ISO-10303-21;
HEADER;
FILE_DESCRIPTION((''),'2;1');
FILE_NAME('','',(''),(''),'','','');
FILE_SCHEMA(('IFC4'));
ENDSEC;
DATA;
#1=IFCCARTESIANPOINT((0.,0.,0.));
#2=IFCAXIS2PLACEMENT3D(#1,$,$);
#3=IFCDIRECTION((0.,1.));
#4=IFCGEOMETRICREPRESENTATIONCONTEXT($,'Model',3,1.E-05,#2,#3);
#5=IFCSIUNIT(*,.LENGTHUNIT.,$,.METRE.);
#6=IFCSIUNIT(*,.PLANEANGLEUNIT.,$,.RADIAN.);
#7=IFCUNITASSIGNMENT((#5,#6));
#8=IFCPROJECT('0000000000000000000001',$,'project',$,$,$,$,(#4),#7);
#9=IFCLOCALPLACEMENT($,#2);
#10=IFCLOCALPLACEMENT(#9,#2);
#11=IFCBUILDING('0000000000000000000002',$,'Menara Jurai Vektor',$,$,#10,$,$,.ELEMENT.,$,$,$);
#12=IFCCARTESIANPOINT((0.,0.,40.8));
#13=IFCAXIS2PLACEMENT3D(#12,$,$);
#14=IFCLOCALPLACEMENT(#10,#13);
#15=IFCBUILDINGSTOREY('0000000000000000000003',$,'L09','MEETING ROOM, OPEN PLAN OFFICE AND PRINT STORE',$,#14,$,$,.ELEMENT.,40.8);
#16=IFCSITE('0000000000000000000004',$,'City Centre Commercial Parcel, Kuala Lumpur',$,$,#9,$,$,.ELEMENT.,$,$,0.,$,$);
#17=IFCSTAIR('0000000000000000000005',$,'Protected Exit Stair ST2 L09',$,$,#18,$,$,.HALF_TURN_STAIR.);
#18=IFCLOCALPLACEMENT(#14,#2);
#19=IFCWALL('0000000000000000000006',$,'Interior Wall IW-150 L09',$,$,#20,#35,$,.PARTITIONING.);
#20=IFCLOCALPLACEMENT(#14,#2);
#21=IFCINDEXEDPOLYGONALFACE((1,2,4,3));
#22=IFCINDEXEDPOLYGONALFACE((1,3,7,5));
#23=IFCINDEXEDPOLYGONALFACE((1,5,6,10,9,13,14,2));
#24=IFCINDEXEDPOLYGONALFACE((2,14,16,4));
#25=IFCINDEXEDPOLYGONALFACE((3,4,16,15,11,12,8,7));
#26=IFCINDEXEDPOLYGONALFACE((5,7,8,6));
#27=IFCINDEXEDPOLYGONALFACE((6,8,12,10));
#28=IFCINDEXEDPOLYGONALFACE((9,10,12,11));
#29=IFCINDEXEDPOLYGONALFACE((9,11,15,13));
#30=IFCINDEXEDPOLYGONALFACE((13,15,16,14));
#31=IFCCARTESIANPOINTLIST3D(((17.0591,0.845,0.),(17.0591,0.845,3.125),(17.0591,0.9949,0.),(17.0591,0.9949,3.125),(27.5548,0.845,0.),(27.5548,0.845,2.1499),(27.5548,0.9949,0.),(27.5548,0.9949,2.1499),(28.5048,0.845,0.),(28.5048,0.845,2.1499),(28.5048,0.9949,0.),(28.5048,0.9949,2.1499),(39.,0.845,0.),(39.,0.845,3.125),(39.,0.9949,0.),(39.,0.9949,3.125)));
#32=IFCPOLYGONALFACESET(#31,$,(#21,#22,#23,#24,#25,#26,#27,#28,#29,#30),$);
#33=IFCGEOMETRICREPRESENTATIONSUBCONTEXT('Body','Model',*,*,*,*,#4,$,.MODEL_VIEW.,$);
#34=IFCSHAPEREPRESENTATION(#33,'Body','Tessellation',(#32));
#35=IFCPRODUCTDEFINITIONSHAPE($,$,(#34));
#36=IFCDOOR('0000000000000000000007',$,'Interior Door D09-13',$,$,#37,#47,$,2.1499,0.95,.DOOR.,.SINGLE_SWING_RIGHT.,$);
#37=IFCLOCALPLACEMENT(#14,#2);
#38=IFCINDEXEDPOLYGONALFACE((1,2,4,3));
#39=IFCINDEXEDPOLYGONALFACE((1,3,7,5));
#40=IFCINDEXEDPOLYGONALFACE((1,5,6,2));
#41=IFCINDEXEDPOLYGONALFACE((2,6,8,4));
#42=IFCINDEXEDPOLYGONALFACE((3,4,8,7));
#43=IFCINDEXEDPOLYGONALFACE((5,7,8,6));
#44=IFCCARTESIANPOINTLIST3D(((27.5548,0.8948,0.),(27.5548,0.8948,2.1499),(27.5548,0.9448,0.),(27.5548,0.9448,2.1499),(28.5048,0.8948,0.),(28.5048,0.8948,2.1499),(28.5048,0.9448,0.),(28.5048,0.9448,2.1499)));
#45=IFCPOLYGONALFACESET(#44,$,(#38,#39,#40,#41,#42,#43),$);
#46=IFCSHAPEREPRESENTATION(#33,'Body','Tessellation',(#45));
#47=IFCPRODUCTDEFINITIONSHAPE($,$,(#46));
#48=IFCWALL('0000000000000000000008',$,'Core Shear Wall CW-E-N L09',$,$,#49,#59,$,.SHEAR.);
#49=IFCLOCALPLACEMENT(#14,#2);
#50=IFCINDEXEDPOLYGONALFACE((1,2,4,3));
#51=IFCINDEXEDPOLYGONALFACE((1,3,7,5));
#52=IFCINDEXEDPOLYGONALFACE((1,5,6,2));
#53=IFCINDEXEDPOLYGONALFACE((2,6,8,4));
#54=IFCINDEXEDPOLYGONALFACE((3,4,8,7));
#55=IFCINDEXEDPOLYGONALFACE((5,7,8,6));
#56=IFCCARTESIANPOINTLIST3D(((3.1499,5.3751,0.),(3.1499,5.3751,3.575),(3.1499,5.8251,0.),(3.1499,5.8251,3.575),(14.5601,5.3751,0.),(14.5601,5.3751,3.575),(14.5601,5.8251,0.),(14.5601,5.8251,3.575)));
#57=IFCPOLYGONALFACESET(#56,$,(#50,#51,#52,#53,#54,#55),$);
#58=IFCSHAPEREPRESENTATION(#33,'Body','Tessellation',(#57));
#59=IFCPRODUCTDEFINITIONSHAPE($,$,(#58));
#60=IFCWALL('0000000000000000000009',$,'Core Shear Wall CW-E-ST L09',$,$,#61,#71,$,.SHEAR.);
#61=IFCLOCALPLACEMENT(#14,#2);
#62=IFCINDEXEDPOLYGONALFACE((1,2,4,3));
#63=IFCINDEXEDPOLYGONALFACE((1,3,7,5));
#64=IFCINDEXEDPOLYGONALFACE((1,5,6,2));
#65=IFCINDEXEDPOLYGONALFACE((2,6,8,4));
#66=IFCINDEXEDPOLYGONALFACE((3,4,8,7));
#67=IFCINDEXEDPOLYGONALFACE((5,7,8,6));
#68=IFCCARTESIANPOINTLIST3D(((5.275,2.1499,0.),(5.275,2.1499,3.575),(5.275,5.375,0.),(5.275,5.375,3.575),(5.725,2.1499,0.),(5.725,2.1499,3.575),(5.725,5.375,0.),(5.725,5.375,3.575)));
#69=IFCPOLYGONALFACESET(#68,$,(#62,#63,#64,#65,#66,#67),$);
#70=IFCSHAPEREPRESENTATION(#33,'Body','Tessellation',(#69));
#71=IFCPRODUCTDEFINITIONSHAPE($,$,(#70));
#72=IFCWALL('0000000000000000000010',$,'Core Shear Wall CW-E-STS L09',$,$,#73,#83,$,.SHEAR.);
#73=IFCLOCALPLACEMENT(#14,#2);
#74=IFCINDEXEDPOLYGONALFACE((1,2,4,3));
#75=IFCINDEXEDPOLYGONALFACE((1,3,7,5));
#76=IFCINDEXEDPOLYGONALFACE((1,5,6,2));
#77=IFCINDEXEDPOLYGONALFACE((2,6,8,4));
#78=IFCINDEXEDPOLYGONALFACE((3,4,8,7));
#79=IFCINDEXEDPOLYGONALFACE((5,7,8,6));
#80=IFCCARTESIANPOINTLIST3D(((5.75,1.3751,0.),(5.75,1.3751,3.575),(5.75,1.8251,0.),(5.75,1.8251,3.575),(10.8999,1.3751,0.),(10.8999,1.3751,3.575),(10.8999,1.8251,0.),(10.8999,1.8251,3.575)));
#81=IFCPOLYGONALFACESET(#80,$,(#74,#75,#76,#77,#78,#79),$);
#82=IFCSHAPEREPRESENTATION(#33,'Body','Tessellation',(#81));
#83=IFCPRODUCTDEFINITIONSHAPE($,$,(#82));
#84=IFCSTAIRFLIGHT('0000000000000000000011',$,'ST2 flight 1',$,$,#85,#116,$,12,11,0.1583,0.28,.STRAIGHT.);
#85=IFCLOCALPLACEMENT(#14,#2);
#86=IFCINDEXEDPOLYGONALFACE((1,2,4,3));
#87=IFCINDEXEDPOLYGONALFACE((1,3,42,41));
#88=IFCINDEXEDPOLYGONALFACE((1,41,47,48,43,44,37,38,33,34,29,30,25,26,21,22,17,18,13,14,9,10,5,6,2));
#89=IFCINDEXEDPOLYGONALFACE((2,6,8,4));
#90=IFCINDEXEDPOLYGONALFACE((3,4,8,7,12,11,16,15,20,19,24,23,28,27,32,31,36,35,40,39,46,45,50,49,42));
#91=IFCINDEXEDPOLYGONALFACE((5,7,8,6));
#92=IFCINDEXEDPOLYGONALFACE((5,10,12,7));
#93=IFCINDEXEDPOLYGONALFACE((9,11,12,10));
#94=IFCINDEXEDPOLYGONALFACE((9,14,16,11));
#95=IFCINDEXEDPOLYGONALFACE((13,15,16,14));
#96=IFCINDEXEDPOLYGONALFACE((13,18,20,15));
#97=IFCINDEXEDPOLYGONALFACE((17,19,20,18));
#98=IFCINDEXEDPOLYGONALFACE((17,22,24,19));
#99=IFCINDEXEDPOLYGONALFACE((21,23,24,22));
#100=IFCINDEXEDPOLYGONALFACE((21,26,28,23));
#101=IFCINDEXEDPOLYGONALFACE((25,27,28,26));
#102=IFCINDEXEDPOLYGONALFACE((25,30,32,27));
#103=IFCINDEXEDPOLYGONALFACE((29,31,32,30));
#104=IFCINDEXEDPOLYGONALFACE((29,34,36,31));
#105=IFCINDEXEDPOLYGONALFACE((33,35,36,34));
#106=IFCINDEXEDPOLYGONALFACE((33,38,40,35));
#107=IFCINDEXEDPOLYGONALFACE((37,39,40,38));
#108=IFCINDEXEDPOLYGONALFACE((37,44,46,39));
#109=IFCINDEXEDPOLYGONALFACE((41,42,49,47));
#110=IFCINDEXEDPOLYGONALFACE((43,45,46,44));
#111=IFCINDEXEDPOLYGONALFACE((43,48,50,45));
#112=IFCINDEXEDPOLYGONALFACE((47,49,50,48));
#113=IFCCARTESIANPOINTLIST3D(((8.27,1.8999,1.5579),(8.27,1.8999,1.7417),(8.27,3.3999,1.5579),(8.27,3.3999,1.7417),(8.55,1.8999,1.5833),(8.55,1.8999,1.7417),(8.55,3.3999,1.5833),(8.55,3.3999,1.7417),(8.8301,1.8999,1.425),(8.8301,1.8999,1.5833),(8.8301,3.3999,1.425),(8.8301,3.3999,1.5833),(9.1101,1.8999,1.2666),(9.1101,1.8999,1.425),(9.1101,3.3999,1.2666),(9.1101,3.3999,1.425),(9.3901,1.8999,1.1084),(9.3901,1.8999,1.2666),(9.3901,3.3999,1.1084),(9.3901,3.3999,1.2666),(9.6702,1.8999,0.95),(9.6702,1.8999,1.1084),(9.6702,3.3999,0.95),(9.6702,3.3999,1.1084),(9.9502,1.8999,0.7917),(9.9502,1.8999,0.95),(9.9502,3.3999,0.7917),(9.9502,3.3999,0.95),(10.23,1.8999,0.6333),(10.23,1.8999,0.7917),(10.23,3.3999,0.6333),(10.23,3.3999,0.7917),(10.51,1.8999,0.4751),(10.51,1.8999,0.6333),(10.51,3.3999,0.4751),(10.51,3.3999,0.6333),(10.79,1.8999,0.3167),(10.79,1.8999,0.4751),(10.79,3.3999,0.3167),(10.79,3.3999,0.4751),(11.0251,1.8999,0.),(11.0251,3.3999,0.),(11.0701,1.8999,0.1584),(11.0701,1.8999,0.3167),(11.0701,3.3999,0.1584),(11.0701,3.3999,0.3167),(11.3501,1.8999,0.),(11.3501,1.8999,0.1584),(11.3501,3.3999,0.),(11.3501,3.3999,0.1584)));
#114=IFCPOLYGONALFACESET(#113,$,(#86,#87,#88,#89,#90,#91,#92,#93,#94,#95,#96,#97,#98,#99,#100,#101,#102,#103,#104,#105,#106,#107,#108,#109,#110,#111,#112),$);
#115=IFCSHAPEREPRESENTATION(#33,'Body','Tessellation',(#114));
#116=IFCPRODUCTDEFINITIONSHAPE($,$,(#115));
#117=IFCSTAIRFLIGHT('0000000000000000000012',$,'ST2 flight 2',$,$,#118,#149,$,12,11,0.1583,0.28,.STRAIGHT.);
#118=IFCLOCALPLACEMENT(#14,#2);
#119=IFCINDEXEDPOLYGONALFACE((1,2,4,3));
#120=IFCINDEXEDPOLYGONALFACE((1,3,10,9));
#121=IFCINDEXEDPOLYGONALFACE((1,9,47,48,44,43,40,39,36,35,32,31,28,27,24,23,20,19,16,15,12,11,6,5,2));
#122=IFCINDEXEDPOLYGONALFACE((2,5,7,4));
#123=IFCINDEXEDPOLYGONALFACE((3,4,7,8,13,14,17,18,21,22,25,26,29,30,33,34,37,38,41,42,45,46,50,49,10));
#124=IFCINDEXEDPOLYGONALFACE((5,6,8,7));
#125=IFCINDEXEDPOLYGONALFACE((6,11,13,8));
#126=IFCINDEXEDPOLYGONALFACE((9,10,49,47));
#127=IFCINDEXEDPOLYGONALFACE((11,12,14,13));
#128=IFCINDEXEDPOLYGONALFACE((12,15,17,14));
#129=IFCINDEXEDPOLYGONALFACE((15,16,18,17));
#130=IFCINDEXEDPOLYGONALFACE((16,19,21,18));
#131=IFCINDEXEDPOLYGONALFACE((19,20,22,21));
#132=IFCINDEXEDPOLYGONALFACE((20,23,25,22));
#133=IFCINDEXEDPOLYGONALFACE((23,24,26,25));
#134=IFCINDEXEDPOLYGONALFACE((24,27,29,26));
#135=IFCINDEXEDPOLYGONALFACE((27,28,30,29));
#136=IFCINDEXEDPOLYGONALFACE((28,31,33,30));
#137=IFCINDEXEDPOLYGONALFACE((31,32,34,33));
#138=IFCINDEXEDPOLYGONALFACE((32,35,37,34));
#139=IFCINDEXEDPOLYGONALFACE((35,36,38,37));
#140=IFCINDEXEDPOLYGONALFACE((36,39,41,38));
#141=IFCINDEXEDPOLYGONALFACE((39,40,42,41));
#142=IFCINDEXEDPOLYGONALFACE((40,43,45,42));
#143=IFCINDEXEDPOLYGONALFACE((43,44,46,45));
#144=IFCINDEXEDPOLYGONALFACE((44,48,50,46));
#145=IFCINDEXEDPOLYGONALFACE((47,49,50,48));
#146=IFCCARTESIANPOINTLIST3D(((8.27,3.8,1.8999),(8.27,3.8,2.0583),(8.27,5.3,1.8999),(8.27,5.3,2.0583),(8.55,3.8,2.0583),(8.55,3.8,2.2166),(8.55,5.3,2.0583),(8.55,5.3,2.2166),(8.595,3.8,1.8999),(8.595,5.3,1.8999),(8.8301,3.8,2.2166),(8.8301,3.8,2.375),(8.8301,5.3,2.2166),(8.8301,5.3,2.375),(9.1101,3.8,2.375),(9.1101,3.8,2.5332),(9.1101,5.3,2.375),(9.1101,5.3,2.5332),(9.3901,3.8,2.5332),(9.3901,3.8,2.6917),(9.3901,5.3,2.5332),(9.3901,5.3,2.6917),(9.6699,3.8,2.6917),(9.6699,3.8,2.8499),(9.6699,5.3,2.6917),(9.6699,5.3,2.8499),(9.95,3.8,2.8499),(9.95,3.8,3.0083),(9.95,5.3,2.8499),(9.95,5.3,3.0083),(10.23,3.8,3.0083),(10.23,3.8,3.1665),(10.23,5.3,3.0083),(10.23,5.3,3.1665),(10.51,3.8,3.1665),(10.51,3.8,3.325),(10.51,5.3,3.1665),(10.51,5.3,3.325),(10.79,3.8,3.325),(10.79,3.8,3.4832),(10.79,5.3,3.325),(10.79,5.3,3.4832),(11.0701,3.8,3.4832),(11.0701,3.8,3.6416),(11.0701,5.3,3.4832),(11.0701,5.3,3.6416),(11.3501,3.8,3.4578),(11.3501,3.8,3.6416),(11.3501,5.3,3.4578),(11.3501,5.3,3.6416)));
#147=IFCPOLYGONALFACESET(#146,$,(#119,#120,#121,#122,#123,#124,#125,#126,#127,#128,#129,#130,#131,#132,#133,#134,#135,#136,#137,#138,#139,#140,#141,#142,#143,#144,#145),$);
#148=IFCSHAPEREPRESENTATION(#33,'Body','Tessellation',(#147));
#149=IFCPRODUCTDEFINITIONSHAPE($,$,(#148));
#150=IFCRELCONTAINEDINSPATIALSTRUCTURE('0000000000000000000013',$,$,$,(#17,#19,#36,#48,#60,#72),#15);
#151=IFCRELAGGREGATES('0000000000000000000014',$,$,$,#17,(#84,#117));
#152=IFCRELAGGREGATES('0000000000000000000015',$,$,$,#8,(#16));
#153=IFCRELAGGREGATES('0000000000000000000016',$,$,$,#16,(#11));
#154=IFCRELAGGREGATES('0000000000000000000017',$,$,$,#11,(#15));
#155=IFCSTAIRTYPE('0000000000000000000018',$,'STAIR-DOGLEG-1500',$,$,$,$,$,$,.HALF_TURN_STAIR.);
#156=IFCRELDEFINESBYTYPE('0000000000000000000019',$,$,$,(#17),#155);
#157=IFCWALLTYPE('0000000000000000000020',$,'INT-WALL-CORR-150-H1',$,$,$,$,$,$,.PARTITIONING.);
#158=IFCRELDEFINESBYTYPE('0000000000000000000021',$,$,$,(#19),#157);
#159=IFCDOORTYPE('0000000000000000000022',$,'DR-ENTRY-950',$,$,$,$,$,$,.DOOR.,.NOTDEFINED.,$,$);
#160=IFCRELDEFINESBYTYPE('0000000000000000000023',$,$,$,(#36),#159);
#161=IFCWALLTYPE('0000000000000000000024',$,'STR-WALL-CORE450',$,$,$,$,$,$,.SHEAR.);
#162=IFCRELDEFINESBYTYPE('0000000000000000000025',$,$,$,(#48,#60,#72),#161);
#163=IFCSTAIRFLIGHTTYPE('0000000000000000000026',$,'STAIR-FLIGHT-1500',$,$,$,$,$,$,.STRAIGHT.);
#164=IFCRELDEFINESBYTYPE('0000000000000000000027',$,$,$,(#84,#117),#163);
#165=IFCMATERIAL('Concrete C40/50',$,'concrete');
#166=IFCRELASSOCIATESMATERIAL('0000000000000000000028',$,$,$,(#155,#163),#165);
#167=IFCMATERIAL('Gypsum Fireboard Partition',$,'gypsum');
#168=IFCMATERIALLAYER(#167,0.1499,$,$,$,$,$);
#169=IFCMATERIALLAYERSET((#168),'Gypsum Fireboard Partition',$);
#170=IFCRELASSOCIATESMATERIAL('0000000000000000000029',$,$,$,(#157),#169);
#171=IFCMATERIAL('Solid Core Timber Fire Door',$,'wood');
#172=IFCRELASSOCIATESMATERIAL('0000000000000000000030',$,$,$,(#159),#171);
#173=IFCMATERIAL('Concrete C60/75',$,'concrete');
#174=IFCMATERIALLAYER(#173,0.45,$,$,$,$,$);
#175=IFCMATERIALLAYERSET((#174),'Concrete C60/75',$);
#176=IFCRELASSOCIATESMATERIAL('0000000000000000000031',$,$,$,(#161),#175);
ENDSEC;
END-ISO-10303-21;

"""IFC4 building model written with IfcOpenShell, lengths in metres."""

from ifc_helpers import new_model, si_unit, direction, frame, frame_2d, origin, place, context, subcontext, project, spatial, polyline, rectangle, outline, extrude, material, layer, layer_set, type_object, element, fill, aggregate, save


model = new_model("IFC4")

# Units and contexts
model_context = context("Model", 3, precision=1e-05, world=origin(), true_north=direction((0.0, 1.0)))
body_context = subcontext(model_context, "Body", "Model", "MODEL_VIEW")
ifc_project = project(units=[si_unit("LENGTHUNIT", "METRE"), si_unit("PLANEANGLEUNIT", "RADIAN")], contexts=[model_context])

# Site, building, storey
site_placement = place(None, origin())
site = spatial("IfcSite", under=ifc_project, at=site_placement, Name="City Centre Commercial Parcel, Kuala Lumpur", CompositionType="ELEMENT", RefElevation=0.0)
building_placement = place(site_placement, origin())
building = spatial("IfcBuilding", under=site, at=building_placement, Name="Menara Jurai Vektor", CompositionType="ELEMENT")
storey_placement = place(building_placement, frame((0.0, 0.0, 40.8)))
storey = spatial("IfcBuildingStorey", under=building, at=storey_placement, Name="L09", Description="MEETING ROOM, OPEN PLAN OFFICE AND PRINT STORE", CompositionType="ELEMENT", Elevation=40.8)

# Shared definitions
ifc_material_1 = material(Name="Concrete C60/75", Category="concrete")

# Stair
ifc_material_2 = material(Name="Concrete C40/50", Category="concrete")
stair_type = type_object("IfcStairType", Name="STAIR-DOGLEG-1500", PredefinedType="HALF_TURN_STAIR", material=ifc_material_2)
stair_placement = place(storey_placement, origin())
stair = element("IfcStair", 1, at=stair_placement, inside=storey, type_object=stair_type, Name="Protected Exit Stair ST2 L09", PredefinedType="HALF_TURN_STAIR")

# Shared definitions
ifc_material_3 = material(Name="Gypsum Fireboard Partition", Category="gypsum")

# Wall, opening, door
ifc_layer_1 = layer(ifc_material_3, 0.1499)
ifc_layer_set_1 = layer_set([ifc_layer_1], Name="Gypsum Fireboard Partition")
wall_type_1 = type_object("IfcWallType", Name="INT-WALL-CORR-150-H1", PredefinedType="PARTITIONING", material=ifc_layer_set_1)
wall_1_placement = place(storey_placement, frame((17.0591, 0.9199, 0.0), z_axis=(0.0, 0.0, 1.0), x_axis=(1.0, 0.0, 0.0)))
wall_1 = element("IfcWall", 2, at=wall_1_placement, inside=storey, type_object=wall_type_1, Name="Interior Wall IW-150 L09", PredefinedType="PARTITIONING", context=body_context, shape_type="SweptSolid", body=[
    extrude(rectangle(XDim=21.9409, YDim=0.1499, at=frame_2d((10.9705, 0.0))), origin(), (0.0, 0.0, 1.0), 3.125),
])
opening_1_placement = place(wall_1_placement, frame((10.4956, 0.0, 0.0)))
opening_1 = element("IfcOpeningElement", 3, at=opening_1_placement, cuts=wall_1, PredefinedType="OPENING", context=body_context, shape_type="SweptSolid", body=[
    extrude(rectangle(XDim=0.95, YDim=2.1499, at=frame_2d((0.4751, 1.075))), frame((0.0, 0.085, 0.0), z_axis=(0.0, -1.0, 0.0), x_axis=(1.0, 0.0, 0.0)), (0.0, 0.0, 1.0), 0.1699),
])
ifc_material_4 = material(Name="Solid Core Timber Fire Door", Category="wood")
door_type_1 = type_object("IfcDoorType", Name="DR-ENTRY-950", OperationType="NOTDEFINED", PredefinedType="DOOR", material=ifc_material_4)
door_1_placement = place(opening_1_placement, origin())
door_1 = element("IfcDoor", 4, at=door_1_placement, inside=storey, type_object=door_type_1, Name="Interior Door D09-13", OperationType="SINGLE_SWING_RIGHT", OverallHeight=2.1499, OverallWidth=0.95, PredefinedType="DOOR", context=body_context, shape_type="SweptSolid", body=[
    extrude(rectangle(XDim=0.95, YDim=2.1499, at=frame_2d((0.4751, 1.075))), frame((0.0, 0.0249, 0.0), z_axis=(0.0, -1.0, 0.0), x_axis=(1.0, 0.0, 0.0)), (0.0, 0.0, 1.0), 0.05),
])
fill(opening_1, door_1)

# Walls
ifc_layer_2 = layer(ifc_material_1, 0.45)
ifc_layer_set_2 = layer_set([ifc_layer_2], Name="Concrete C60/75")
wall_type_2 = type_object("IfcWallType", Name="STR-WALL-CORE450", PredefinedType="SHEAR", material=ifc_layer_set_2)
wall_2_placement = place(storey_placement, frame((3.1499, 5.6001, 0.0), z_axis=(0.0, 0.0, 1.0), x_axis=(1.0, 0.0, 0.0)))
element("IfcWall", 5, at=wall_2_placement, inside=storey, type_object=wall_type_2, Name="Core Shear Wall CW-E-N L09", PredefinedType="SHEAR", context=body_context, shape_type="SweptSolid", body=[
    extrude(rectangle(XDim=11.4102, YDim=0.45, at=frame_2d((5.7051, 0.0))), origin(), (0.0, 0.0, 1.0), 3.575),
])
wall_3_placement = place(storey_placement, frame((5.5, 2.1499, 0.0), z_axis=(0.0, 0.0, 1.0), x_axis=(0.0, 1.0, 0.0)))
element("IfcWall", 6, at=wall_3_placement, inside=storey, type_object=wall_type_2, Name="Core Shear Wall CW-E-ST L09", PredefinedType="SHEAR", context=body_context, shape_type="SweptSolid", body=[
    extrude(rectangle(XDim=3.2251, YDim=0.45, at=frame_2d((1.6125, 0.0))), origin(), (0.0, 0.0, 1.0), 3.575),
])
wall_4_placement = place(storey_placement, frame((5.75, 1.6001, 0.0), z_axis=(0.0, 0.0, 1.0), x_axis=(1.0, 0.0, 0.0)))
element("IfcWall", 7, at=wall_4_placement, inside=storey, type_object=wall_type_2, Name="Core Shear Wall CW-E-STS L09", PredefinedType="SHEAR", context=body_context, shape_type="SweptSolid", body=[
    extrude(rectangle(XDim=5.1499, YDim=0.45, at=frame_2d((2.575, 0.0))), origin(), (0.0, 0.0, 1.0), 3.575),
])

# Stair flights
stair_flight_type = type_object("IfcStairFlightType", Name="STAIR-FLIGHT-1500", PredefinedType="STRAIGHT", material=ifc_material_2)
stair_flight_1_placement = place(storey_placement, frame((11.3501, 2.6499, 0.0), z_axis=(0.0, 0.0, 1.0), x_axis=(-1.0, 0.0, 0.0)))
stair_flight_1 = element("IfcStairFlight", 8, at=stair_flight_1_placement, type_object=stair_flight_type, Name="ST2 flight 1", NumberOfRisers=12, NumberOfTreads=11, PredefinedType="STRAIGHT", RiserHeight=0.1583, TreadLength=0.28, context=body_context, shape_type="SweptSolid", body=[
    extrude(outline(polyline([(0.0, 0.0), (0.0, 0.1584), (0.28, 0.1584), (0.28, 0.3167), (0.5601, 0.3167), (0.5601, 0.4751), (0.8401, 0.4751), (0.8401, 0.6333), (1.1201, 0.6333), (1.1201, 0.7917), (1.3999, 0.7917), (1.3999, 0.95), (1.6799, 0.95), (1.6799, 1.1084), (1.96, 1.1084), (1.96, 1.2666), (2.24, 1.2666), (2.24, 1.425), (2.52, 1.425), (2.52, 1.5833), (2.8, 1.5833), (2.8, 1.7417), (3.0801, 1.7417), (3.0801, 1.8999), (3.0801, 1.5579), (0.325, 0.0), (0.0, 0.0)])), frame((0.0, 0.75, 0.0), z_axis=(0.0, -1.0, 0.0), x_axis=(1.0, 0.0, 0.0)), (0.0, 0.0, 1.0), 1.5),
])
stair_flight_2_placement = place(storey_placement, frame((8.27, 4.55, 1.8999), z_axis=(0.0, 0.0, 1.0), x_axis=(1.0, 0.0, 0.0)))
stair_flight_2 = element("IfcStairFlight", 9, at=stair_flight_2_placement, type_object=stair_flight_type, Name="ST2 flight 2", NumberOfRisers=12, NumberOfTreads=11, PredefinedType="STRAIGHT", RiserHeight=0.1583, TreadLength=0.28, context=body_context, shape_type="SweptSolid", body=[
    extrude(outline(polyline([(0.0, 0.0), (0.0, 0.1584), (0.28, 0.1584), (0.28, 0.3167), (0.5601, 0.3167), (0.5601, 0.4751), (0.8401, 0.4751), (0.8401, 0.6333), (1.1201, 0.6333), (1.1201, 0.7917), (1.3999, 0.7917), (1.3999, 0.95), (1.6799, 0.95), (1.6799, 1.1084), (1.96, 1.1084), (1.96, 1.2666), (2.24, 1.2666), (2.24, 1.425), (2.52, 1.425), (2.52, 1.5833), (2.8, 1.5833), (2.8, 1.7417), (3.0801, 1.7417), (3.0801, 1.8999), (3.0801, 1.5579), (0.325, 0.0), (0.0, 0.0)])), frame((0.0, 0.75, 0.0), z_axis=(0.0, -1.0, 0.0), x_axis=(1.0, 0.0, 0.0)), (0.0, 0.0, 1.0), 1.5),
])
aggregate(stair, [stair_flight_1, stair_flight_2])

save(model, "model.ifc")
